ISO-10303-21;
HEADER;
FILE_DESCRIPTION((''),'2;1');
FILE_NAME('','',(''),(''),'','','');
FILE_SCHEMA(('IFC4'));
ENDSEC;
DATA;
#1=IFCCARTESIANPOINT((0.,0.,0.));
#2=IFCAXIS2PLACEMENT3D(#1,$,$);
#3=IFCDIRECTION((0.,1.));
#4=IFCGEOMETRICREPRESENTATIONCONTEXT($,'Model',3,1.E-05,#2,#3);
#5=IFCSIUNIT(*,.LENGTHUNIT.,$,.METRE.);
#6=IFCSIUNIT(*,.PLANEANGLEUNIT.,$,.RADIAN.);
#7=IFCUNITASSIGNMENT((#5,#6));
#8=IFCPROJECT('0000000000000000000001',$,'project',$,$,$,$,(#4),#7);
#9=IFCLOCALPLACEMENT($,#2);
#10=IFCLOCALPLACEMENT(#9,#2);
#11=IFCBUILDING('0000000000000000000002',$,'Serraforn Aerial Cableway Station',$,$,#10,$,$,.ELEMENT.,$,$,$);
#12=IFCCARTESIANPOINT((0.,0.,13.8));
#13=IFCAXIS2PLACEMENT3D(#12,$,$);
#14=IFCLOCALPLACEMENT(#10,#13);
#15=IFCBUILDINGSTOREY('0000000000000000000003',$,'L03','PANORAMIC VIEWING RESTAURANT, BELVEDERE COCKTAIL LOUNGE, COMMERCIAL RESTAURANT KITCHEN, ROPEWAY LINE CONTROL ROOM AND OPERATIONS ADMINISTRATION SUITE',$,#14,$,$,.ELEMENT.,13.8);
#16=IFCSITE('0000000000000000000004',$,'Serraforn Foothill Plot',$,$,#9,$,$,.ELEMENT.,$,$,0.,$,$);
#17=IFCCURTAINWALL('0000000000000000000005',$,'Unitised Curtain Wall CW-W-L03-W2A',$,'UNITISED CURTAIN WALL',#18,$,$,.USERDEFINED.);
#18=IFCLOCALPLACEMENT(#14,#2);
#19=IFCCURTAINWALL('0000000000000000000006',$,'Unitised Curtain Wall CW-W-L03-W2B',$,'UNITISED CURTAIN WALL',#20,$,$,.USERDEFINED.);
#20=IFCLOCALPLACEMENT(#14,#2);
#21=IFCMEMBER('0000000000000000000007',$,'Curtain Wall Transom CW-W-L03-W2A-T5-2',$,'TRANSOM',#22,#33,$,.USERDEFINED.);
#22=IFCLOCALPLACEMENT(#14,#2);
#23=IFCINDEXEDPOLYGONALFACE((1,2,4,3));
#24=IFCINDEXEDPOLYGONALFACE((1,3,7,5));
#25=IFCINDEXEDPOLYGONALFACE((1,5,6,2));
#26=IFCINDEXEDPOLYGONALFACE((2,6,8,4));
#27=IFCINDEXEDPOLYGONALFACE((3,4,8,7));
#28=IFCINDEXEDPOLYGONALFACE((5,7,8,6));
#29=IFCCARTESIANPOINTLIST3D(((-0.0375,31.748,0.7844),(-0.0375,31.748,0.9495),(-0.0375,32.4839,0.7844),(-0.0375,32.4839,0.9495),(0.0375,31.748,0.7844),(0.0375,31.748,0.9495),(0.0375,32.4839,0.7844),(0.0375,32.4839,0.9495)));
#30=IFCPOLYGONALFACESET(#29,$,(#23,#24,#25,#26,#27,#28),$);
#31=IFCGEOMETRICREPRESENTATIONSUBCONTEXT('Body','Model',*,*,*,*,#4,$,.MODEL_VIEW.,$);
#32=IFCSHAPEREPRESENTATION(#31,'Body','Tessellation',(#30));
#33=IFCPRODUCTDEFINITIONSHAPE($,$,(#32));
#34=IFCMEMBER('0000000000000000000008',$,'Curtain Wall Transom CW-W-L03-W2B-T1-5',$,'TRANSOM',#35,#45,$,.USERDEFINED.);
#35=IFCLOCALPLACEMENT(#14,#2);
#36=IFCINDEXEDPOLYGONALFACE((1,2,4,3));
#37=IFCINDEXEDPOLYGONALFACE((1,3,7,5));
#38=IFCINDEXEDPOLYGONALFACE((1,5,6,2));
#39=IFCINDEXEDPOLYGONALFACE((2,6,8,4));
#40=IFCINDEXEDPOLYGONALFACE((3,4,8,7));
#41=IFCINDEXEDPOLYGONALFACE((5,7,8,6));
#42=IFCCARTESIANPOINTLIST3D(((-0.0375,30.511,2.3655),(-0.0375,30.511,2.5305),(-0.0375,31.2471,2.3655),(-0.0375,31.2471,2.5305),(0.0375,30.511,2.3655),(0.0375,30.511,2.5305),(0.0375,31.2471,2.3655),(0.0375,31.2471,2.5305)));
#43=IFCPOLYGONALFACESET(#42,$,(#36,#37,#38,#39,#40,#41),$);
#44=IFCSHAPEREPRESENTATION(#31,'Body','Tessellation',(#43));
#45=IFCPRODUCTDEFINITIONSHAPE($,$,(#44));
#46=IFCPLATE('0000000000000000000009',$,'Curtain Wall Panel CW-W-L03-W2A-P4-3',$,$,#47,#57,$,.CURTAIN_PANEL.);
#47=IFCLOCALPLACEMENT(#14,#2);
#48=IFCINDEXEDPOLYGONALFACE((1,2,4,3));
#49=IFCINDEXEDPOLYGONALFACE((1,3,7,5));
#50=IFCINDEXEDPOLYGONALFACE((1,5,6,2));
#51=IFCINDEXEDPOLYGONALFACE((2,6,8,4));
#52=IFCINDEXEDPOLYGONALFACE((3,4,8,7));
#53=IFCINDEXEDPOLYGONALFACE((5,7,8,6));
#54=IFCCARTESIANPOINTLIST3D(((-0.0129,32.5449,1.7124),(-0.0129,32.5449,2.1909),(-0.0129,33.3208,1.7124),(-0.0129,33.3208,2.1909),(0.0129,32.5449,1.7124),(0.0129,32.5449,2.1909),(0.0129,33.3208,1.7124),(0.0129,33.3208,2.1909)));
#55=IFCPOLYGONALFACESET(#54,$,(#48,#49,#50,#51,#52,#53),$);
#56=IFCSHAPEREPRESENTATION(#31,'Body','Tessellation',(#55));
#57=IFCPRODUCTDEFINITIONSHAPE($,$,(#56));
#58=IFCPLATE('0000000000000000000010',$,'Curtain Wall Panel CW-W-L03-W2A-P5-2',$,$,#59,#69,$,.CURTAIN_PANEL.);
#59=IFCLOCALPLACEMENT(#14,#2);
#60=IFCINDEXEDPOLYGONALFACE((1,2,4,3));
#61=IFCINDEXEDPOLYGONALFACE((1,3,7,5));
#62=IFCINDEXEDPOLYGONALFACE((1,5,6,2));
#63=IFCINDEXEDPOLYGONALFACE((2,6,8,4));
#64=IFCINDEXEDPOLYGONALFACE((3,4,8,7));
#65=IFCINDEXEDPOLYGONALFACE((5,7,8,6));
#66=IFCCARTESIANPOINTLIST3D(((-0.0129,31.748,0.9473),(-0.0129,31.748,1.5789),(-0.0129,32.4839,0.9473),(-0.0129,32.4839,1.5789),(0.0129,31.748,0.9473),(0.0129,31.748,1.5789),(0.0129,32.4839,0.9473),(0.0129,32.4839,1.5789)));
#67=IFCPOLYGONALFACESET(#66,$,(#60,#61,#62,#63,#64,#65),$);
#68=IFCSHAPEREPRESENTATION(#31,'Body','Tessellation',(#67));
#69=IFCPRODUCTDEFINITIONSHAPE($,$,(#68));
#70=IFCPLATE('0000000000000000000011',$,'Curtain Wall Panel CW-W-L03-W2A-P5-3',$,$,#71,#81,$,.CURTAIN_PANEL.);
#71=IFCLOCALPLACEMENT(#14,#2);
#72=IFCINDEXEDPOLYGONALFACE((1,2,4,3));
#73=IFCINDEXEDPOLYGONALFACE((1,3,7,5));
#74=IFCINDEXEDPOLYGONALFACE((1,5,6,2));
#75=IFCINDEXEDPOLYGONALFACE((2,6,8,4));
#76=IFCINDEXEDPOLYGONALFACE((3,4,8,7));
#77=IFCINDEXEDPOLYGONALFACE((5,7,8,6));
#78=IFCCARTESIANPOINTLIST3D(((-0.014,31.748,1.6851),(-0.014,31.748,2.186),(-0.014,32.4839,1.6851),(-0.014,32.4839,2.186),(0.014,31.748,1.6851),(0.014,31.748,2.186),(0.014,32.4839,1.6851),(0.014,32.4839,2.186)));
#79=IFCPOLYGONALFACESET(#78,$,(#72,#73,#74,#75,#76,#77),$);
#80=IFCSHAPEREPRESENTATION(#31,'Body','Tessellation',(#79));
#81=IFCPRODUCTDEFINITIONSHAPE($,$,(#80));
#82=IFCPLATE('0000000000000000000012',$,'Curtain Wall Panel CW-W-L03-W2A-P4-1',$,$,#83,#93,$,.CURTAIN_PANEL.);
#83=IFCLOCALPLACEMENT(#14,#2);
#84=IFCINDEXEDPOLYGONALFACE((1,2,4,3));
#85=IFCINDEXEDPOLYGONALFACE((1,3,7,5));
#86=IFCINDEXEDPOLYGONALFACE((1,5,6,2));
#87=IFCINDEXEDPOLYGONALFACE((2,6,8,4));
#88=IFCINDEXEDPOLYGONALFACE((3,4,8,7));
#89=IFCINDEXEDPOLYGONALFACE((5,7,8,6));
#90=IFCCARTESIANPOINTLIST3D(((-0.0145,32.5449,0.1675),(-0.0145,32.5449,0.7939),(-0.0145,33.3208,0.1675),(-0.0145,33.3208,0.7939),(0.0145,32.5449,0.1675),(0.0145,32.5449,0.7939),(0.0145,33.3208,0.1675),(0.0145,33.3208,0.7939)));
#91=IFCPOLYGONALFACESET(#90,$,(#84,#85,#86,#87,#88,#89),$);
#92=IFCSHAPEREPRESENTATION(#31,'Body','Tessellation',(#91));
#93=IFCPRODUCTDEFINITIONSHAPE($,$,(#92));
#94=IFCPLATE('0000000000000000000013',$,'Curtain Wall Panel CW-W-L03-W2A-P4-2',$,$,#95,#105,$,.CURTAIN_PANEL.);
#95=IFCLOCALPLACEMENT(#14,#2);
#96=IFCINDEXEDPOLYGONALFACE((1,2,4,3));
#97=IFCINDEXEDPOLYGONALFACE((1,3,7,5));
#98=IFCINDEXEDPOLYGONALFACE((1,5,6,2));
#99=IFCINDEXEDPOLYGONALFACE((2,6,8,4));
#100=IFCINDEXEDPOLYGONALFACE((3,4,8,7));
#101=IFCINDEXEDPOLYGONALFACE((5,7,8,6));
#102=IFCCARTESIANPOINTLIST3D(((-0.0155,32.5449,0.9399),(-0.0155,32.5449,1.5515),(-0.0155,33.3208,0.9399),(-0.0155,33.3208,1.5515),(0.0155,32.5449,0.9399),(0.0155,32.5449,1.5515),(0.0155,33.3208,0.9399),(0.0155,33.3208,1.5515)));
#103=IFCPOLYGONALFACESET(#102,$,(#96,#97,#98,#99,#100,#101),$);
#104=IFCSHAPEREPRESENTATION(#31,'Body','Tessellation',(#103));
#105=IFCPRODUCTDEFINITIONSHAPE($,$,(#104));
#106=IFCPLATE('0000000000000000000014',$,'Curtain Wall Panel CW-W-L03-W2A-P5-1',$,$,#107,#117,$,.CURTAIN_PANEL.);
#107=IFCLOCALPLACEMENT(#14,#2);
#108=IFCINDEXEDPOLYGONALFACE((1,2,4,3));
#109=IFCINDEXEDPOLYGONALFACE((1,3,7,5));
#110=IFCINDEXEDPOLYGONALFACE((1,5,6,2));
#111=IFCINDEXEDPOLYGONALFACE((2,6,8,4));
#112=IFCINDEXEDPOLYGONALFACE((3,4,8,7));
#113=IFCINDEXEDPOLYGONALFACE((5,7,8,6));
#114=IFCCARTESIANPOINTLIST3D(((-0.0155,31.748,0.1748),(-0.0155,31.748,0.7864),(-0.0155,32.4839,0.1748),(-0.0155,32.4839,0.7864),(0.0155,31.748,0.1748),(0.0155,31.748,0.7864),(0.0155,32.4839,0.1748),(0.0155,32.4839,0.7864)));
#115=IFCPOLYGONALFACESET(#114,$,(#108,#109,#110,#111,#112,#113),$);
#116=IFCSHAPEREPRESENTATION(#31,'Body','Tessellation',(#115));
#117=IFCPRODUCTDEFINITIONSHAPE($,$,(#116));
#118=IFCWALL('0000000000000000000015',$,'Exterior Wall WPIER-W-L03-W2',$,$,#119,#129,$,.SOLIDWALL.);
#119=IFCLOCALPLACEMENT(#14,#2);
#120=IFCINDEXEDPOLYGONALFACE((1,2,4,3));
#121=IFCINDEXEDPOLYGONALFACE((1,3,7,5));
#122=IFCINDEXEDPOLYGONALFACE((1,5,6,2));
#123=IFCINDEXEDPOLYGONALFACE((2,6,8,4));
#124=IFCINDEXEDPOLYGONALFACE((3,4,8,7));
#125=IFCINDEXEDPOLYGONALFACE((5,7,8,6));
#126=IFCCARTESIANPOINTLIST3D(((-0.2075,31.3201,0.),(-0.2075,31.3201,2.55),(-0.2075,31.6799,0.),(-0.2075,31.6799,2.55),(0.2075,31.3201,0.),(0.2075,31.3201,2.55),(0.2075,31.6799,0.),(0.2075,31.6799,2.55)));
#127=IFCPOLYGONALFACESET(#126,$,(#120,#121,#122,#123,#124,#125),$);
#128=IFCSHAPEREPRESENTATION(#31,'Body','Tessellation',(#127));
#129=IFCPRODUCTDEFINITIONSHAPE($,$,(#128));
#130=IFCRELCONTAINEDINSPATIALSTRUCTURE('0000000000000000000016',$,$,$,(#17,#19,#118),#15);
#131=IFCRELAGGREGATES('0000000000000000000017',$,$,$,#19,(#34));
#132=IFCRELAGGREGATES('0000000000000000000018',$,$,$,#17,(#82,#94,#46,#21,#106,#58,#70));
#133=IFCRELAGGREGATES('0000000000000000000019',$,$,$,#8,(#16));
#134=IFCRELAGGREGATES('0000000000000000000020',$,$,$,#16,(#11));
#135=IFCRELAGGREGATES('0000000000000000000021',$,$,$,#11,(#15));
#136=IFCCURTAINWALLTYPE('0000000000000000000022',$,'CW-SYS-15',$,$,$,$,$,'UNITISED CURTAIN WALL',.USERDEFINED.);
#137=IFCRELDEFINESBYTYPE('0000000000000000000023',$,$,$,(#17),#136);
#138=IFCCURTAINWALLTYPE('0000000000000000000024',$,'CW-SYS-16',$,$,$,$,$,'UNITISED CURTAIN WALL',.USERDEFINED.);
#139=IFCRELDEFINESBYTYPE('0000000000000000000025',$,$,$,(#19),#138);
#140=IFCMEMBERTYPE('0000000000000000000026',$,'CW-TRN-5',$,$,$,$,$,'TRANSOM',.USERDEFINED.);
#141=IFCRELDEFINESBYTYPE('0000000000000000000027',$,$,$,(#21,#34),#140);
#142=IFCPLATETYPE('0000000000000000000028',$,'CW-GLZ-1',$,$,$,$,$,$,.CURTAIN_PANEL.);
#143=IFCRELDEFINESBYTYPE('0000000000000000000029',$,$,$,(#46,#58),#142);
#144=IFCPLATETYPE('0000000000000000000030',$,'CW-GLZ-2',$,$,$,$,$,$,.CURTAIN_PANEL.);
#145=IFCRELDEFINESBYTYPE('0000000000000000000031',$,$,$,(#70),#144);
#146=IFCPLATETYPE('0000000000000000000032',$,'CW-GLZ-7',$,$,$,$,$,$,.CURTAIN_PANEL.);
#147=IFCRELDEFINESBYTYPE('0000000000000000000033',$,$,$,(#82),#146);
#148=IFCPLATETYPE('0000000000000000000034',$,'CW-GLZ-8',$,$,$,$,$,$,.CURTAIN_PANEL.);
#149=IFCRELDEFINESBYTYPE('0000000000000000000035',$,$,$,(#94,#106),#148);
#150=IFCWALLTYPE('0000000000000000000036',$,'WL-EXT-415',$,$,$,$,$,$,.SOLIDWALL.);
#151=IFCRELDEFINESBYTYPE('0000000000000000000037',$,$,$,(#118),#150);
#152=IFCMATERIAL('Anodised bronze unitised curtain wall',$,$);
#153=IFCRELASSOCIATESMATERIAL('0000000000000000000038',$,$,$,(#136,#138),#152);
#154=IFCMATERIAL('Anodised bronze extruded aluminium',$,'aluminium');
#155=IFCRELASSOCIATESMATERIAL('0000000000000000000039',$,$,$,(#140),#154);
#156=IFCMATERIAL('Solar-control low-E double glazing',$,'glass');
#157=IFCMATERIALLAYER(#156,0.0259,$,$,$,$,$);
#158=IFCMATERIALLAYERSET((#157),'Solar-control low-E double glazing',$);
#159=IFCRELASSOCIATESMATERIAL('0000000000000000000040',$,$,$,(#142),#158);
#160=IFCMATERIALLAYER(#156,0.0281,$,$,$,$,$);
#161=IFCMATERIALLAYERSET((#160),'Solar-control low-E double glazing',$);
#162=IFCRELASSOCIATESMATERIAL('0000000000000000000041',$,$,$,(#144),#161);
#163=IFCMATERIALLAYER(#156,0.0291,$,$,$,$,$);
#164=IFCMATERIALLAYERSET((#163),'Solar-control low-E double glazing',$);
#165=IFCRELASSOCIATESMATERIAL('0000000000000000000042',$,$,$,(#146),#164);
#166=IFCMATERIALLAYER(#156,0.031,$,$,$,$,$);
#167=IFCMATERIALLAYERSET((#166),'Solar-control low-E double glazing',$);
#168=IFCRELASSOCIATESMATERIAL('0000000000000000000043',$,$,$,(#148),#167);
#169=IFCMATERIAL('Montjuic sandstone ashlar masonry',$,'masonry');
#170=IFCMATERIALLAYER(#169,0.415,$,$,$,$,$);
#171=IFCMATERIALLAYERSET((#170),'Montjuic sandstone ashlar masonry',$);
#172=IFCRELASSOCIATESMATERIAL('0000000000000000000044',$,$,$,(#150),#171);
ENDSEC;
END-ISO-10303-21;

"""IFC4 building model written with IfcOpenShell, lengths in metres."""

from ifc_helpers import new_model, si_unit, direction, frame, frame_2d, origin, origin_2d, place, context, subcontext, project, spatial, rectangle, extrude, material, layer, layer_set, material_profile, profile_set, type_object, element, aggregate, save


model = new_model("IFC4")

# Units and contexts
model_context = context("Model", 3, precision=1e-05, world=origin(), true_north=direction((0.0, 1.0)))
body_context = subcontext(model_context, "Body", "Model", "MODEL_VIEW")
ifc_project = project(units=[si_unit("LENGTHUNIT", "METRE"), si_unit("PLANEANGLEUNIT", "RADIAN")], contexts=[model_context])

# Site, building, storey
site_placement = place(None, origin())
site = spatial("IfcSite", under=ifc_project, at=site_placement, Name="Serraforn Foothill Plot", CompositionType="ELEMENT", RefElevation=0.0)
building_placement = place(site_placement, origin())
building = spatial("IfcBuilding", under=site, at=building_placement, Name="Serraforn Aerial Cableway Station", CompositionType="ELEMENT")
storey_placement = place(building_placement, frame((0.0, 0.0, 13.8)))
storey = spatial("IfcBuildingStorey", under=building, at=storey_placement, Name="L03", Description="PANORAMIC VIEWING RESTAURANT, BELVEDERE COCKTAIL LOUNGE, COMMERCIAL RESTAURANT KITCHEN, ROPEWAY LINE CONTROL ROOM AND OPERATIONS ADMINISTRATION SUITE", CompositionType="ELEMENT", Elevation=13.8)

# Curtain wall
ifc_material_1 = material(Name="Anodised bronze unitised curtain wall")
curtain_wall_type_1 = type_object("IfcCurtainWallType", Name="CW-SYS-15", ElementType="UNITISED CURTAIN WALL", PredefinedType="USERDEFINED", material=ifc_material_1)
curtain_wall_1_placement = place(storey_placement, origin())
curtain_wall_1 = element("IfcCurtainWall", 1, at=curtain_wall_1_placement, inside=storey, type_object=curtain_wall_type_1, Name="Unitised Curtain Wall CW-W-L03-W2A", ObjectType="UNITISED CURTAIN WALL", PredefinedType="USERDEFINED")
ifc_material_2 = material(Name="Anodised bronze extruded aluminium", Category="aluminium")

# Curtain wall
curtain_wall_type_2 = type_object("IfcCurtainWallType", Name="CW-SYS-16", ElementType="UNITISED CURTAIN WALL", PredefinedType="USERDEFINED", material=ifc_material_1)
curtain_wall_2_placement = place(storey_placement, origin())
curtain_wall_2 = element("IfcCurtainWall", 2, at=curtain_wall_2_placement, inside=storey, type_object=curtain_wall_type_2, Name="Unitised Curtain Wall CW-W-L03-W2B", ObjectType="UNITISED CURTAIN WALL", PredefinedType="USERDEFINED")

# Members
ifc_material_profile_1 = material_profile(ifc_material_2, rectangle(XDim=0.075, YDim=0.165, at=origin_2d()), Name="CW TRANSOM 75x165")
ifc_profile_set_1 = profile_set([ifc_material_profile_1], Name="Anodised bronze extruded aluminium")
member_type_1 = type_object("IfcMemberType", Name="CW-TRN-5", ElementType="TRANSOM", PredefinedType="USERDEFINED", material=ifc_profile_set_1)
member_1_placement = place(storey_placement, frame((0.0, 32.4839, 0.8669), z_axis=(0.0, -1.0, 0.0), x_axis=(1.0, 0.0, 0.0)))
member_1 = element("IfcMember", 3, at=member_1_placement, type_object=member_type_1, Name="Curtain Wall Transom CW-W-L03-W2A-T5-2", ObjectType="TRANSOM", PredefinedType="USERDEFINED", context=body_context, shape_type="SweptSolid", body=[
    extrude(rectangle(XDim=0.075, YDim=0.165, at=origin_2d()), origin(), (0.0, 0.0, 1.0), 0.7358),
])
member_2_placement = place(storey_placement, frame((0.0, 31.2471, 2.448), z_axis=(0.0, -1.0, 0.0), x_axis=(1.0, 0.0, 0.0)))
member_2 = element("IfcMember", 4, at=member_2_placement, type_object=member_type_1, Name="Curtain Wall Transom CW-W-L03-W2B-T1-5", ObjectType="TRANSOM", PredefinedType="USERDEFINED", context=body_context, shape_type="SweptSolid", body=[
    extrude(rectangle(XDim=0.075, YDim=0.165, at=origin_2d()), origin(), (0.0, 0.0, 1.0), 0.7361),
])
aggregate(curtain_wall_2, [member_2])

# Plates
ifc_material_3 = material(Name="Solar-control low-E double glazing", Category="glass")
ifc_layer_1 = layer(ifc_material_3, 0.0259)
ifc_layer_set_1 = layer_set([ifc_layer_1], Name="Solar-control low-E double glazing")
plate_type_1 = type_object("IfcPlateType", Name="CW-GLZ-1", PredefinedType="CURTAIN_PANEL", material=ifc_layer_set_1)
plate_1_placement = place(storey_placement, frame((0.0, 32.9329, 1.7124), z_axis=(0.0, 0.0, 1.0), x_axis=(1.0, 0.0, 0.0)))
plate_1 = element("IfcPlate", 5, at=plate_1_placement, type_object=plate_type_1, Name="Curtain Wall Panel CW-W-L03-W2A-P4-3", PredefinedType="CURTAIN_PANEL", context=body_context, shape_type="SweptSolid", body=[
    extrude(rectangle(XDim=0.0259, YDim=0.7759, at=origin_2d()), origin(), (0.0, 0.0, 1.0), 0.4785),
])
plate_2_placement = place(storey_placement, frame((0.0, 32.116, 0.9473), z_axis=(0.0, 0.0, 1.0), x_axis=(1.0, 0.0, 0.0)))
plate_2 = element("IfcPlate", 6, at=plate_2_placement, type_object=plate_type_1, Name="Curtain Wall Panel CW-W-L03-W2A-P5-2", PredefinedType="CURTAIN_PANEL", context=body_context, shape_type="SweptSolid", body=[
    extrude(rectangle(XDim=0.0259, YDim=0.7358, at=origin_2d()), origin(), (0.0, 0.0, 1.0), 0.6316),
])
ifc_layer_2 = layer(ifc_material_3, 0.0281)
ifc_layer_set_2 = layer_set([ifc_layer_2], Name="Solar-control low-E double glazing")
plate_type_2 = type_object("IfcPlateType", Name="CW-GLZ-2", PredefinedType="CURTAIN_PANEL", material=ifc_layer_set_2)
plate_3_placement = place(storey_placement, frame((0.0, 32.116, 1.6851), z_axis=(0.0, 0.0, 1.0), x_axis=(1.0, 0.0, 0.0)))
plate_3 = element("IfcPlate", 7, at=plate_3_placement, type_object=plate_type_2, Name="Curtain Wall Panel CW-W-L03-W2A-P5-3", PredefinedType="CURTAIN_PANEL", context=body_context, shape_type="SweptSolid", body=[
    extrude(rectangle(XDim=0.0281, YDim=0.7358, at=origin_2d()), origin(), (0.0, 0.0, 1.0), 0.501),
])
ifc_layer_3 = layer(ifc_material_3, 0.0291)
ifc_layer_set_3 = layer_set([ifc_layer_3], Name="Solar-control low-E double glazing")
plate_type_3 = type_object("IfcPlateType", Name="CW-GLZ-7", PredefinedType="CURTAIN_PANEL", material=ifc_layer_set_3)
plate_4_placement = place(storey_placement, frame((0.0, 32.9329, 0.1675), z_axis=(0.0, 0.0, 1.0), x_axis=(1.0, 0.0, 0.0)))
plate_4 = element("IfcPlate", 8, at=plate_4_placement, type_object=plate_type_3, Name="Curtain Wall Panel CW-W-L03-W2A-P4-1", PredefinedType="CURTAIN_PANEL", context=body_context, shape_type="SweptSolid", body=[
    extrude(rectangle(XDim=0.0291, YDim=0.7759, at=origin_2d()), origin(), (0.0, 0.0, 1.0), 0.6265),
])
ifc_layer_4 = layer(ifc_material_3, 0.031)
ifc_layer_set_4 = layer_set([ifc_layer_4], Name="Solar-control low-E double glazing")
plate_type_4 = type_object("IfcPlateType", Name="CW-GLZ-8", PredefinedType="CURTAIN_PANEL", material=ifc_layer_set_4)
plate_5_placement = place(storey_placement, frame((0.0, 32.9329, 0.9399), z_axis=(0.0, 0.0, 1.0), x_axis=(1.0, 0.0, 0.0)))
plate_5 = element("IfcPlate", 9, at=plate_5_placement, type_object=plate_type_4, Name="Curtain Wall Panel CW-W-L03-W2A-P4-2", PredefinedType="CURTAIN_PANEL", context=body_context, shape_type="SweptSolid", body=[
    extrude(rectangle(XDim=0.031, YDim=0.7759, at=origin_2d()), origin(), (0.0, 0.0, 1.0), 0.6116),
])
plate_6_placement = place(storey_placement, frame((0.0, 32.116, 0.1748), z_axis=(0.0, 0.0, 1.0), x_axis=(1.0, 0.0, 0.0)))
plate_6 = element("IfcPlate", 10, at=plate_6_placement, type_object=plate_type_4, Name="Curtain Wall Panel CW-W-L03-W2A-P5-1", PredefinedType="CURTAIN_PANEL", context=body_context, shape_type="SweptSolid", body=[
    extrude(rectangle(XDim=0.031, YDim=0.7358, at=origin_2d()), origin(), (0.0, 0.0, 1.0), 0.6116),
])
aggregate(curtain_wall_1, [plate_4, plate_5, plate_1, member_1, plate_6, plate_2, plate_3])

# Wall
ifc_material_4 = material(Name="Montjuic sandstone ashlar masonry", Category="masonry")
ifc_layer_5 = layer(ifc_material_4, 0.415)
ifc_layer_set_5 = layer_set([ifc_layer_5], Name="Montjuic sandstone ashlar masonry")
wall_type = type_object("IfcWallType", Name="WL-EXT-415", PredefinedType="SOLIDWALL", material=ifc_layer_set_5)
wall_placement = place(storey_placement, frame((0.0, 31.6799, 0.0), z_axis=(0.0, 0.0, 1.0), x_axis=(0.0, -1.0, 0.0)))
element("IfcWall", 11, at=wall_placement, inside=storey, type_object=wall_type, Name="Exterior Wall WPIER-W-L03-W2", PredefinedType="SOLIDWALL", context=body_context, shape_type="SweptSolid", body=[
    extrude(rectangle(XDim=0.3599, YDim=0.415, at=frame_2d((0.1799, 0.0))), origin(), (0.0, 0.0, 1.0), 2.55),
])

save(model, "model.ifc")
